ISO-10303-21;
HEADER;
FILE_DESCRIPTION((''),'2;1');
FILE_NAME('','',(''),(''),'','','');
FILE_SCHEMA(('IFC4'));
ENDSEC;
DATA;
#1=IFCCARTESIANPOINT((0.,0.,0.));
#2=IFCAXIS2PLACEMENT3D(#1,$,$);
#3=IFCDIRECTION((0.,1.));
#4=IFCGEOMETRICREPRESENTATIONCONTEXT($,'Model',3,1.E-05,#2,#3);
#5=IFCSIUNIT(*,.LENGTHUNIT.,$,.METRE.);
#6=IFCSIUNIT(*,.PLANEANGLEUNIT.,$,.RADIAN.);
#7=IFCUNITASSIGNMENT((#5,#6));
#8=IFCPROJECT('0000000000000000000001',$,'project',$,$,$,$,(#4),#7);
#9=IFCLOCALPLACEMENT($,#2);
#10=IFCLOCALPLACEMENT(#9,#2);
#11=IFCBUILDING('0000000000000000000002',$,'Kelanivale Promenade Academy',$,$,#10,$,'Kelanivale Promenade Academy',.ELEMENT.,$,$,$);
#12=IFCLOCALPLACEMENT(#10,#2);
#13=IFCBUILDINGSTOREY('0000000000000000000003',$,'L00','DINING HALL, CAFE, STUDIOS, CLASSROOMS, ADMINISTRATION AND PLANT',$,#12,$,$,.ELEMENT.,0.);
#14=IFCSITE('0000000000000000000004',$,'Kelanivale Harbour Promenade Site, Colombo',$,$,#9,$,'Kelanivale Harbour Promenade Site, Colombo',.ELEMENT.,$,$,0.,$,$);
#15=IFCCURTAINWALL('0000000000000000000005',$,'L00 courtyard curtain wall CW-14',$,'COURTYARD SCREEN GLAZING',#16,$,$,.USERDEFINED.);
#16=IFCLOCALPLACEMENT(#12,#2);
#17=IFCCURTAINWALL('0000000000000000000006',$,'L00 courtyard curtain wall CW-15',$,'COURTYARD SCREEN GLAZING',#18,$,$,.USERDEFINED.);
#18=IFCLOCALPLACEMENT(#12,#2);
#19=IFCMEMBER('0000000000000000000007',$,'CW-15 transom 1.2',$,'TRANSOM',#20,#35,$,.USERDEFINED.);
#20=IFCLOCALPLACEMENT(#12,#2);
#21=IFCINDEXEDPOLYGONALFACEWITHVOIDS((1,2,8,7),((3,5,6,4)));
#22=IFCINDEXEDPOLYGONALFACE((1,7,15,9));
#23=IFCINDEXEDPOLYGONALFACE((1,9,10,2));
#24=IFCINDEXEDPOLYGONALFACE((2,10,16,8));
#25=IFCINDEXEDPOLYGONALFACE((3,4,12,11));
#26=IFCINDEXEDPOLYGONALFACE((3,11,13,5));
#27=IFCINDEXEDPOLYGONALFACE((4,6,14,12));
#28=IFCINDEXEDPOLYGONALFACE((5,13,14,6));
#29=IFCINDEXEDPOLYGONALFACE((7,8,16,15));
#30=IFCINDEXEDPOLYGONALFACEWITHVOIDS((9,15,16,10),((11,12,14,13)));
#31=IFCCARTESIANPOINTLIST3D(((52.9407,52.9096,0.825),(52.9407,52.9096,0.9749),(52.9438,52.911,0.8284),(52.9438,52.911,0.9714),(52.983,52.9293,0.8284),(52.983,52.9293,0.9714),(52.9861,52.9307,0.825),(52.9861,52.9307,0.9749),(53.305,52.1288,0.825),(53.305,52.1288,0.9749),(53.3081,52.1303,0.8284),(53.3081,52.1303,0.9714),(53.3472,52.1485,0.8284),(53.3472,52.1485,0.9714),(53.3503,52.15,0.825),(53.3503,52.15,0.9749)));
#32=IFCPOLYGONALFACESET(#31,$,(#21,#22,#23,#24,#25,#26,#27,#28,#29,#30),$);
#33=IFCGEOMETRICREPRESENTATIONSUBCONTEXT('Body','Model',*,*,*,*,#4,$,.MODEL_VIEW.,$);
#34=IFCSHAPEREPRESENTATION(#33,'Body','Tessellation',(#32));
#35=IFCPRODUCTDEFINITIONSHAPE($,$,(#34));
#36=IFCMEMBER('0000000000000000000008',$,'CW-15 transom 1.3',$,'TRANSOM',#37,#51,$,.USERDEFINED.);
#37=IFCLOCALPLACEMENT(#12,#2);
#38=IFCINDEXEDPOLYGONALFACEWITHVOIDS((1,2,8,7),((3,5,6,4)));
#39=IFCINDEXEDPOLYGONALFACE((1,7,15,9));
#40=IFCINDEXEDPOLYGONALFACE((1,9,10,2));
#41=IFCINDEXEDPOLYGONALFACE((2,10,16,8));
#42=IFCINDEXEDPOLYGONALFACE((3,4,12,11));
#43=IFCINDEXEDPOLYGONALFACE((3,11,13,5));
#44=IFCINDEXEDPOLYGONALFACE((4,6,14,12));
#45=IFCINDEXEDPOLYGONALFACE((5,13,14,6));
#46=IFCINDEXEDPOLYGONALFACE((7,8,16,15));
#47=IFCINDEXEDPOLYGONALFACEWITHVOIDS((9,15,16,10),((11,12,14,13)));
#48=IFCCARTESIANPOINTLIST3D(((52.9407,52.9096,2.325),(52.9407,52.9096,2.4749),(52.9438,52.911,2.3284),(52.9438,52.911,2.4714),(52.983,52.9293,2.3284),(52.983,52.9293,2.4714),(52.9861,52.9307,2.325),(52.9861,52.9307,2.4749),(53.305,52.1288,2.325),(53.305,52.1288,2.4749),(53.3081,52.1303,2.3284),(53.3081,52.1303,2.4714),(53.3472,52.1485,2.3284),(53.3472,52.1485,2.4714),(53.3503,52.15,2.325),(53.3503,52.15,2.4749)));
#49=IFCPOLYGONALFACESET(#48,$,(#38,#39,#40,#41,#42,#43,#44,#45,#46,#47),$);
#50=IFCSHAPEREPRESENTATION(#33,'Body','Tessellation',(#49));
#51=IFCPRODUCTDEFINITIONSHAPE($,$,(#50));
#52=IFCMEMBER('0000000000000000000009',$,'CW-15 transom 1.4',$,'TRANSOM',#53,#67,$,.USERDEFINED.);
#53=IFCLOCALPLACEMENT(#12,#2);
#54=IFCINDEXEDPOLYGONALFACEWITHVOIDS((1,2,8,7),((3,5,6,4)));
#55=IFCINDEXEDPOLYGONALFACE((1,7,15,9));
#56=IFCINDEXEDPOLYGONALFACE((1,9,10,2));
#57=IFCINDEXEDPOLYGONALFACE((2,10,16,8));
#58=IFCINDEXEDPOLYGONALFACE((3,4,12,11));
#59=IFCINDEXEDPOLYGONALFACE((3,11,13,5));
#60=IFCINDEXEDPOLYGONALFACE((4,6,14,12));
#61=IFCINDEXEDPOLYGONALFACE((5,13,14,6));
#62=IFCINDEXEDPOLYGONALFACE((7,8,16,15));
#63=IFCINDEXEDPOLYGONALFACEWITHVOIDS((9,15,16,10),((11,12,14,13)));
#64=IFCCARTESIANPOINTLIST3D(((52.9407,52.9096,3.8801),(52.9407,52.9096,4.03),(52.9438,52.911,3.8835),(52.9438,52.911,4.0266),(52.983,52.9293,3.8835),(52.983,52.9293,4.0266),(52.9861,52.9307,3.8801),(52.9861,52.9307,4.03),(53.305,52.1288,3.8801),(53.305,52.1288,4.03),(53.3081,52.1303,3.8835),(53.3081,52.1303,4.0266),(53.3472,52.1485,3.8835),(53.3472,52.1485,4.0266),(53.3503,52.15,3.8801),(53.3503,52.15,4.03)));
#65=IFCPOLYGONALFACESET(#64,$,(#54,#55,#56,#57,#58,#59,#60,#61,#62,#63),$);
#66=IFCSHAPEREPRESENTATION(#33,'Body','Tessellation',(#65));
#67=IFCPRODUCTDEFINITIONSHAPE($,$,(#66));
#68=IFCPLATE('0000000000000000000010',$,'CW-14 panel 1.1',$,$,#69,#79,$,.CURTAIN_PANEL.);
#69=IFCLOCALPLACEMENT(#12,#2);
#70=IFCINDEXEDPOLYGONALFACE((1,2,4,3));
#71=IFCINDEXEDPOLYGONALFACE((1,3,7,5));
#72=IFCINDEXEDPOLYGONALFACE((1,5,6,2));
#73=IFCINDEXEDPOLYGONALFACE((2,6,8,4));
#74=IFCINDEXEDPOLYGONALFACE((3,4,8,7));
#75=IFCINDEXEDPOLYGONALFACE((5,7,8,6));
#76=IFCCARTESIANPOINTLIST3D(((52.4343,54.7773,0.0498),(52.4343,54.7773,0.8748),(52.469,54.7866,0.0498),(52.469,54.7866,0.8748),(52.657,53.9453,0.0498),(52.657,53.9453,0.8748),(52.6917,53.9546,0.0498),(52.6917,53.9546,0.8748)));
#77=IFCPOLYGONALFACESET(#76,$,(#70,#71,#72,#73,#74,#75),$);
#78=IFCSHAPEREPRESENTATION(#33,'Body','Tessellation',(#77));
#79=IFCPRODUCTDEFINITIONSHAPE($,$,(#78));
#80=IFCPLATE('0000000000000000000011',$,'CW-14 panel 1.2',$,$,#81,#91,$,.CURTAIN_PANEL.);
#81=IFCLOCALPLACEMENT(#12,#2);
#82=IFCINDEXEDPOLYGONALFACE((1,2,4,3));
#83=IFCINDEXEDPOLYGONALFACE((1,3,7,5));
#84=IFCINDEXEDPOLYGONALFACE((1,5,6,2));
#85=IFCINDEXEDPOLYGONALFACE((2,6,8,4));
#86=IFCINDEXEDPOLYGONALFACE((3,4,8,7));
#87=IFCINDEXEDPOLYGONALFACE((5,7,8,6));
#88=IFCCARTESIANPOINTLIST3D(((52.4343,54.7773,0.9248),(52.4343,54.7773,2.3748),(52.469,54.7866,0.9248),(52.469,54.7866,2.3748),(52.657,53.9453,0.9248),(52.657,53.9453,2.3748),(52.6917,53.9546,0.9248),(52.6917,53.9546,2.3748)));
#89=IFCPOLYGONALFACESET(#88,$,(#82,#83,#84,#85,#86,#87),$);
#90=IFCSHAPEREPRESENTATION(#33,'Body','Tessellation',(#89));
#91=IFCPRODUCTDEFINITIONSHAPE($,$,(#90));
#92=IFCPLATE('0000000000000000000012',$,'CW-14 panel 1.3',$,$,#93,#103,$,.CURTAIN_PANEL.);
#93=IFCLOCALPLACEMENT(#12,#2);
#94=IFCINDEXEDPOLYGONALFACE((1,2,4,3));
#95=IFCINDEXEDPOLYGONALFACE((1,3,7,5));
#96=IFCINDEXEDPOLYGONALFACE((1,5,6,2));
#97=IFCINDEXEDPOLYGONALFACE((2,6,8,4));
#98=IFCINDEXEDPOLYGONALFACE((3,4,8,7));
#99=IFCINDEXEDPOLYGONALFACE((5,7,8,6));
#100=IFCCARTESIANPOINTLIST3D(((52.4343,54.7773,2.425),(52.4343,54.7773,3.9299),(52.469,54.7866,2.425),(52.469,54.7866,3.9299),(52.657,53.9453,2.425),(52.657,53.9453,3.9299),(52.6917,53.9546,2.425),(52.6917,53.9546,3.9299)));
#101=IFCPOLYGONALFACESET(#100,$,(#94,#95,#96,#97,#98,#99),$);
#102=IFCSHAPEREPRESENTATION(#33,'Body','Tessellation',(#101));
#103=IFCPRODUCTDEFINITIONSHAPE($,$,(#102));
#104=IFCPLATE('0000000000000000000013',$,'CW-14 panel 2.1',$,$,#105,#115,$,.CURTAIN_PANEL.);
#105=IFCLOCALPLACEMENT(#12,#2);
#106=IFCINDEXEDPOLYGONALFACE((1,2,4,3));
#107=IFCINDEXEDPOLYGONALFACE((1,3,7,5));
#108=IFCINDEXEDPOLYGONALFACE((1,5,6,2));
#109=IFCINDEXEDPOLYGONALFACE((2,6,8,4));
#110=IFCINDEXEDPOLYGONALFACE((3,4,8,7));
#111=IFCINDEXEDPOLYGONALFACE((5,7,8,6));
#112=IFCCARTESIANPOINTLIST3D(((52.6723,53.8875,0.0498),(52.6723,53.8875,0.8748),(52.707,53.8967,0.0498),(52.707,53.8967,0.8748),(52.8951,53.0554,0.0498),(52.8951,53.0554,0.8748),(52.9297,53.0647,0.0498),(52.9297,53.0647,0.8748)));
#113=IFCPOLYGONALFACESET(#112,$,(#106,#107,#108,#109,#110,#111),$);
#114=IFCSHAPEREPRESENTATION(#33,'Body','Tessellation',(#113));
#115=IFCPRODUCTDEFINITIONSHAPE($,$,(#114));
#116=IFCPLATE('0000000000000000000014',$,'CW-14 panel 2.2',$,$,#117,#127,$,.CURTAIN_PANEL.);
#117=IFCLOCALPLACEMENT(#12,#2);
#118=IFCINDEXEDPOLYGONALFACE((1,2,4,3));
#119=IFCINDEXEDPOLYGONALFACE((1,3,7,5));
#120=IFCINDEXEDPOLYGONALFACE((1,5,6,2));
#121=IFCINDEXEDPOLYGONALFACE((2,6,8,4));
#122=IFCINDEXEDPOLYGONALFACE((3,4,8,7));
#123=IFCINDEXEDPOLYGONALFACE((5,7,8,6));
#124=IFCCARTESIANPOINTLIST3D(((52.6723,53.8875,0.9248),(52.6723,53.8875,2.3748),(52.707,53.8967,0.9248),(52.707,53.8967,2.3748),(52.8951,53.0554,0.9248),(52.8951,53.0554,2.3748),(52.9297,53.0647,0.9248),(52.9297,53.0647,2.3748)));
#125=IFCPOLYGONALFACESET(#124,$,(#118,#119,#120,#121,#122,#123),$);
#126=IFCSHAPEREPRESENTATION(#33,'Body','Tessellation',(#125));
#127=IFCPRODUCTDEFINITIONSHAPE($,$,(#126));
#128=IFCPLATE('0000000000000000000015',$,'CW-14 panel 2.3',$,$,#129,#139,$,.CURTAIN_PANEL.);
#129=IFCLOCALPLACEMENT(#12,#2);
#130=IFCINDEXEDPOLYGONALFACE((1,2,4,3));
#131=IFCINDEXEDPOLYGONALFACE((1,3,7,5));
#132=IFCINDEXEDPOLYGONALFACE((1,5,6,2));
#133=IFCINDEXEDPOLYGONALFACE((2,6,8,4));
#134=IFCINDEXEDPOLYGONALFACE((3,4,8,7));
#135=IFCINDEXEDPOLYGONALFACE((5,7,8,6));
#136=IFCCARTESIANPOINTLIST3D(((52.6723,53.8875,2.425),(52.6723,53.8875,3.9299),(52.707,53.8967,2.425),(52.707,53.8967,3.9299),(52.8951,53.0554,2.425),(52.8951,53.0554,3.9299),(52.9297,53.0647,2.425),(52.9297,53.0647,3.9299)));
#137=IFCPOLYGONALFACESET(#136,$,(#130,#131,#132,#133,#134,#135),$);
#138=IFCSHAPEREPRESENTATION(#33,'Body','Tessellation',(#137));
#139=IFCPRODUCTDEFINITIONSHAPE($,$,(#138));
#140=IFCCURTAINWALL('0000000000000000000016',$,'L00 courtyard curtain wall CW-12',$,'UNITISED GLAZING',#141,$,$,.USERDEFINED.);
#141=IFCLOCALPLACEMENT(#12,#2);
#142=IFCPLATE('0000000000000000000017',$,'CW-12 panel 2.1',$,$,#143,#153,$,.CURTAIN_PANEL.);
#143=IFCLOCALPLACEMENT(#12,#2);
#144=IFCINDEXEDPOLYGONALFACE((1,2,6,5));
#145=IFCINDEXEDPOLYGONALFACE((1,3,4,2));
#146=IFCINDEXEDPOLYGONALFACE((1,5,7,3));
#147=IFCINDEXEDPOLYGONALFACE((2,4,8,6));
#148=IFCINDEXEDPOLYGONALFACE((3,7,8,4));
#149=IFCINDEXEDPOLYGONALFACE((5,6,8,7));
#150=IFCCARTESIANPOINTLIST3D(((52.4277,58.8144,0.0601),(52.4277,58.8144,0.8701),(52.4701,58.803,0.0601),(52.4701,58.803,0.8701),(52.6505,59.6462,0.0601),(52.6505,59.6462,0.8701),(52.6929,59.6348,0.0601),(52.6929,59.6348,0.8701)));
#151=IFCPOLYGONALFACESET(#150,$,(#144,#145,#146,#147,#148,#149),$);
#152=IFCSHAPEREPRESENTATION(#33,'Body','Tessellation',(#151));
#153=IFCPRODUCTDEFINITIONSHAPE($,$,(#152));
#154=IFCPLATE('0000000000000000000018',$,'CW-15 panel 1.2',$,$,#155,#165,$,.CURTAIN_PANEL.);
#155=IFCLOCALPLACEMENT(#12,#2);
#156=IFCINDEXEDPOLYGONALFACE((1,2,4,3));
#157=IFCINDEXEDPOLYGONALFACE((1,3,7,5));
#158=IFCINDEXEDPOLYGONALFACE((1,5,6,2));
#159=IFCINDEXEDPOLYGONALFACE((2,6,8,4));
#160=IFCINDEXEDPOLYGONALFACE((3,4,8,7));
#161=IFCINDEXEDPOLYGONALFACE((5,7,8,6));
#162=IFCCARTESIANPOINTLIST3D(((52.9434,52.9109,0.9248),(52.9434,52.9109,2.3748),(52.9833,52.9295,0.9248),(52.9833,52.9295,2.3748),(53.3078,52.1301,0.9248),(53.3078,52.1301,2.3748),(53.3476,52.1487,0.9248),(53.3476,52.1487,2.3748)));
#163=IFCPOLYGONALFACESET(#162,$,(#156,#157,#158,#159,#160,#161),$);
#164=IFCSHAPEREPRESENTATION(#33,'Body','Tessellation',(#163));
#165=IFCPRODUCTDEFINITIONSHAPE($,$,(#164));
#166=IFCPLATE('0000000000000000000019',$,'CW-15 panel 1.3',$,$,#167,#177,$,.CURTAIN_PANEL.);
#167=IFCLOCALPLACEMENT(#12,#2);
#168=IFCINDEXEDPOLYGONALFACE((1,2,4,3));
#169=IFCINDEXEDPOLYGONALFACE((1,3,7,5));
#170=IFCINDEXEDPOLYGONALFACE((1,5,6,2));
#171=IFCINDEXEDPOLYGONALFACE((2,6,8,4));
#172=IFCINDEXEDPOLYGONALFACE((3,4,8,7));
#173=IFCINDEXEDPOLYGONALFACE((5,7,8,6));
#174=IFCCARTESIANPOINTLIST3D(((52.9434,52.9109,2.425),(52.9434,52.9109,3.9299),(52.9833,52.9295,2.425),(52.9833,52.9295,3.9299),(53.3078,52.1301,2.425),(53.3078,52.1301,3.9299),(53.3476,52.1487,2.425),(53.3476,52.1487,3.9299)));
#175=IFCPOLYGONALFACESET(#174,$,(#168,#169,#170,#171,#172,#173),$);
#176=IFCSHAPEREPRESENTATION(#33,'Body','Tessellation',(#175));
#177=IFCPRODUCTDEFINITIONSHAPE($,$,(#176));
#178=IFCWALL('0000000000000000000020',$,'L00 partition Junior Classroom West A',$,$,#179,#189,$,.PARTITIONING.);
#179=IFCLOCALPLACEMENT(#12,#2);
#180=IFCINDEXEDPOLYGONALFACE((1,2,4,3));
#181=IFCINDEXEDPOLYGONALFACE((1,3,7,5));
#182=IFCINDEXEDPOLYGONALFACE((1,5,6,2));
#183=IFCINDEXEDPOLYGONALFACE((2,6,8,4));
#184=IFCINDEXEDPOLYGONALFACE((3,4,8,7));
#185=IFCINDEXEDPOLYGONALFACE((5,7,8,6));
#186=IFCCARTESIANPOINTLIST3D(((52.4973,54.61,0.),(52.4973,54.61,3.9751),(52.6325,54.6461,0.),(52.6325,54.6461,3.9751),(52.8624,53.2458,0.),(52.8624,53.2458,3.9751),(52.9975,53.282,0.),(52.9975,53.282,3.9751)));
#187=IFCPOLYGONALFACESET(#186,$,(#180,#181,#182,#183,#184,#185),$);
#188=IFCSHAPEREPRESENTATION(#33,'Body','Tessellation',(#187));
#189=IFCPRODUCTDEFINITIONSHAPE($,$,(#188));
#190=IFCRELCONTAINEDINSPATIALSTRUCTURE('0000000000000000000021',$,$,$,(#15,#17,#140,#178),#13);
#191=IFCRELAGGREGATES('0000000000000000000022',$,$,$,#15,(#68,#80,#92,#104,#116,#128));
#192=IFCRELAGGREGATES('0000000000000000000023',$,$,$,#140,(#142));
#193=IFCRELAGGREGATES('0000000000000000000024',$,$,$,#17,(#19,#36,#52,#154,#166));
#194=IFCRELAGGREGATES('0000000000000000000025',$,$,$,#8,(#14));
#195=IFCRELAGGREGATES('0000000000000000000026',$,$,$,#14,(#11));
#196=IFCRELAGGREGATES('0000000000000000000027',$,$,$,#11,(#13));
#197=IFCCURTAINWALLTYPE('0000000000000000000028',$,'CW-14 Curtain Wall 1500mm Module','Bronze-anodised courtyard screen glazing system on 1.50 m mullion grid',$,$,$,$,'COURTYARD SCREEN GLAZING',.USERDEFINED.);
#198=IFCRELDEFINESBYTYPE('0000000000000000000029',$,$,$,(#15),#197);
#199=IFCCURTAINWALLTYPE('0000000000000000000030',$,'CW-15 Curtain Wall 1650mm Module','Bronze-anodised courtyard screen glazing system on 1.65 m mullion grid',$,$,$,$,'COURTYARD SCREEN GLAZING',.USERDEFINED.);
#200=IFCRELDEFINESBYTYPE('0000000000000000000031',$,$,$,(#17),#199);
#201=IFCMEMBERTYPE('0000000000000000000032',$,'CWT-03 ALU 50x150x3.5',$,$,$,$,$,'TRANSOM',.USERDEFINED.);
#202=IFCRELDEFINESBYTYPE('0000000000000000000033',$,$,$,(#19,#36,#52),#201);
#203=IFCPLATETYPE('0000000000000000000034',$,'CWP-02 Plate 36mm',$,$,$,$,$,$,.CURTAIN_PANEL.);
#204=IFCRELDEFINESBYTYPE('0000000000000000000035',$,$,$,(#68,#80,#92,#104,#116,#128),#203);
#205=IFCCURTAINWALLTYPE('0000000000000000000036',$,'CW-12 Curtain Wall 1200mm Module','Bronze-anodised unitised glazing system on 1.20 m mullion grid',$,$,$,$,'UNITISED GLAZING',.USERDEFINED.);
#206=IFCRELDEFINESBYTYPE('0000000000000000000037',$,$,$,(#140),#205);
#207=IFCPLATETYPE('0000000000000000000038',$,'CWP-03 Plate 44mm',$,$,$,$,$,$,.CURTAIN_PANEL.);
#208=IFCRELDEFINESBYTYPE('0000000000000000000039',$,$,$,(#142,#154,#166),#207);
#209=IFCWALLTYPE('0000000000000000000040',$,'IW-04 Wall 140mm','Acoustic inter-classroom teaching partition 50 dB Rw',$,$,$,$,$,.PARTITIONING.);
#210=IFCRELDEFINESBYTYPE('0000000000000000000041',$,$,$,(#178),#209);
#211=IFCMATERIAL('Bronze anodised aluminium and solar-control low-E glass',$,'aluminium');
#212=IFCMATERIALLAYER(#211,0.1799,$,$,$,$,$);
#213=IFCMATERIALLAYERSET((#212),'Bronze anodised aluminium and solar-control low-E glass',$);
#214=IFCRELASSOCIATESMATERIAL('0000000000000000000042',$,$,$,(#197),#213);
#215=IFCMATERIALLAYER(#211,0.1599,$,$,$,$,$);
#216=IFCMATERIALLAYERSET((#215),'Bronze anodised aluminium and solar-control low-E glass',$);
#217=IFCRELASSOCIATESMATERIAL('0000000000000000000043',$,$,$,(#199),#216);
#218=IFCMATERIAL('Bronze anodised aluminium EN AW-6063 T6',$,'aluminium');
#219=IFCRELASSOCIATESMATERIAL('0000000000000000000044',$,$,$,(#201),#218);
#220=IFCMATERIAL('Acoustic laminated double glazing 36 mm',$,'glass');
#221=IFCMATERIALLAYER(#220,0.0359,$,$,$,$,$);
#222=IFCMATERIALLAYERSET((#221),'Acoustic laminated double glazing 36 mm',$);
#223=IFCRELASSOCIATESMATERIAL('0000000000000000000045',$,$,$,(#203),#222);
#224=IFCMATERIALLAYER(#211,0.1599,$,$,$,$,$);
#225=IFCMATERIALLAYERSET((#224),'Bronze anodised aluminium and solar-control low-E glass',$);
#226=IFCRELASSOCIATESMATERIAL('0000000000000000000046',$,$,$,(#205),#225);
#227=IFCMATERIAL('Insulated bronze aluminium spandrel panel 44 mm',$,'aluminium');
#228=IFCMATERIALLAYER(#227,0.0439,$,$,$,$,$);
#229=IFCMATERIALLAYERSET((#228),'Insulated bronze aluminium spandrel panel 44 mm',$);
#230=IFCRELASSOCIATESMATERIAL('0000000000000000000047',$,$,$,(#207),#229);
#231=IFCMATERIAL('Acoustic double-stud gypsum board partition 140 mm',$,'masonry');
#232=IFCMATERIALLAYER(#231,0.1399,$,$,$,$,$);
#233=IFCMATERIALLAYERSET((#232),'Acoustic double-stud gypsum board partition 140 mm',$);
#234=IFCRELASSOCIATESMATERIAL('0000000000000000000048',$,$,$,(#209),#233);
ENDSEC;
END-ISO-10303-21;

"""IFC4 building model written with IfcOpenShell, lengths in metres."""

from ifc_helpers import new_model, si_unit, direction, frame, frame_2d, origin, origin_2d, place, context, subcontext, project, spatial, rectangle, hollow_rectangle, extrude, material, layer, layer_set, material_profile, profile_set, type_object, element, aggregate, save


model = new_model("IFC4")

# Units and contexts
model_context = context("Model", 3, precision=1e-05, world=origin(), true_north=direction((0.0, 1.0)))
body_context = subcontext(model_context, "Body", "Model", "MODEL_VIEW")
ifc_project = project(units=[si_unit("LENGTHUNIT", "METRE"), si_unit("PLANEANGLEUNIT", "RADIAN")], contexts=[model_context])

# Site, building, storey
site_placement = place(None, origin())
site = spatial("IfcSite", under=ifc_project, at=site_placement, Name="Kelanivale Harbour Promenade Site, Colombo", LongName="Kelanivale Harbour Promenade Site, Colombo", CompositionType="ELEMENT", RefElevation=0.0)
building_placement = place(site_placement, origin())
building = spatial("IfcBuilding", under=site, at=building_placement, Name="Kelanivale Promenade Academy", LongName="Kelanivale Promenade Academy", CompositionType="ELEMENT")
storey_placement = place(building_placement, origin())
storey = spatial("IfcBuildingStorey", under=building, at=storey_placement, Name="L00", Description="DINING HALL, CAFE, STUDIOS, CLASSROOMS, ADMINISTRATION AND PLANT", CompositionType="ELEMENT", Elevation=0.0)

# Curtain wall
ifc_material_1 = material(Name="Bronze anodised aluminium and solar-control low-E glass", Category="aluminium")
ifc_layer_1 = layer(ifc_material_1, 0.1799)
ifc_layer_set_1 = layer_set([ifc_layer_1], Name="Bronze anodised aluminium and solar-control low-E glass")
curtain_wall_type_1 = type_object("IfcCurtainWallType", Name="CW-14 Curtain Wall 1500mm Module", Description="Bronze-anodised courtyard screen glazing system on 1.50 m mullion grid", ElementType="COURTYARD SCREEN GLAZING", PredefinedType="USERDEFINED", material=ifc_layer_set_1)
curtain_wall_1_placement = place(storey_placement, origin())
curtain_wall_1 = element("IfcCurtainWall", 1, at=curtain_wall_1_placement, inside=storey, type_object=curtain_wall_type_1, Name="L00 courtyard curtain wall CW-14", ObjectType="COURTYARD SCREEN GLAZING", PredefinedType="USERDEFINED")
ifc_material_2 = material(Name="Bronze anodised aluminium EN AW-6063 T6", Category="aluminium")

# Curtain wall
ifc_layer_2 = layer(ifc_material_1, 0.1599)
ifc_layer_set_2 = layer_set([ifc_layer_2], Name="Bronze anodised aluminium and solar-control low-E glass")
curtain_wall_type_2 = type_object("IfcCurtainWallType", Name="CW-15 Curtain Wall 1650mm Module", Description="Bronze-anodised courtyard screen glazing system on 1.65 m mullion grid", ElementType="COURTYARD SCREEN GLAZING", PredefinedType="USERDEFINED", material=ifc_layer_set_2)
curtain_wall_2_placement = place(storey_placement, origin())
curtain_wall_2 = element("IfcCurtainWall", 2, at=curtain_wall_2_placement, inside=storey, type_object=curtain_wall_type_2, Name="L00 courtyard curtain wall CW-15", ObjectType="COURTYARD SCREEN GLAZING", PredefinedType="USERDEFINED")

# Members
ifc_material_profile_1 = material_profile(ifc_material_2, hollow_rectangle(XDim=0.05, YDim=0.1499, WallThickness=0.0034, at=origin_2d()), Name="ALU 50x150x3.5")
ifc_profile_set_1 = profile_set([ifc_material_profile_1], Name="Bronze anodised aluminium EN AW-6063 T6")
member_type_1 = type_object("IfcMemberType", Name="CWT-03 ALU 50x150x3.5", ElementType="TRANSOM", PredefinedType="USERDEFINED", material=ifc_profile_set_1)
member_1_placement = place(storey_placement, frame((52.9634, 52.9202, 0.8999), z_axis=(0.422792, -0.906227, 0.0), x_axis=(0.906227, 0.422792, 0.0)))
member_1 = element("IfcMember", 3, at=member_1_placement, type_object=member_type_1, Name="CW-15 transom 1.2", ObjectType="TRANSOM", PredefinedType="USERDEFINED", context=body_context, shape_type="SweptSolid", body=[
    extrude(hollow_rectangle(XDim=0.05, YDim=0.1499, WallThickness=0.0034, at=origin_2d()), origin(), (0.0, 0.0, 1.0), 0.8616),
])
member_2_placement = place(storey_placement, frame((52.9634, 52.9202, 2.3999), z_axis=(0.422792, -0.906227, 0.0), x_axis=(0.906227, 0.422792, 0.0)))
member_2 = element("IfcMember", 4, at=member_2_placement, type_object=member_type_1, Name="CW-15 transom 1.3", ObjectType="TRANSOM", PredefinedType="USERDEFINED", context=body_context, shape_type="SweptSolid", body=[
    extrude(hollow_rectangle(XDim=0.05, YDim=0.1499, WallThickness=0.0034, at=origin_2d()), origin(), (0.0, 0.0, 1.0), 0.8616),
])
member_3_placement = place(storey_placement, frame((52.9634, 52.9202, 3.9551), z_axis=(0.422792, -0.906227, 0.0), x_axis=(0.906227, 0.422792, 0.0)))
member_3 = element("IfcMember", 5, at=member_3_placement, type_object=member_type_1, Name="CW-15 transom 1.4", ObjectType="TRANSOM", PredefinedType="USERDEFINED", context=body_context, shape_type="SweptSolid", body=[
    extrude(hollow_rectangle(XDim=0.05, YDim=0.1499, WallThickness=0.0034, at=origin_2d()), origin(), (0.0, 0.0, 1.0), 0.8616),
])

# Plates
ifc_material_3 = material(Name="Acoustic laminated double glazing 36 mm", Category="glass")
ifc_layer_3 = layer(ifc_material_3, 0.0359)
ifc_layer_set_3 = layer_set([ifc_layer_3], Name="Acoustic laminated double glazing 36 mm")
plate_type_1 = type_object("IfcPlateType", Name="CWP-02 Plate 36mm", PredefinedType="CURTAIN_PANEL", material=ifc_layer_set_3)
plate_1_placement = place(storey_placement, frame((52.563, 54.366, 0.0498), z_axis=(0.0, 0.0, 1.0), x_axis=(0.258578, -0.96599, 0.0)))
plate_1 = element("IfcPlate", 6, at=plate_1_placement, type_object=plate_type_1, Name="CW-14 panel 1.1", PredefinedType="CURTAIN_PANEL", context=body_context, shape_type="SweptSolid", body=[
    extrude(rectangle(XDim=0.8613, YDim=0.0359, at=origin_2d()), origin(), (0.0, 0.0, 1.0), 0.825),
])
plate_2_placement = place(storey_placement, frame((52.563, 54.366, 0.9248), z_axis=(0.0, 0.0, 1.0), x_axis=(0.258578, -0.96599, 0.0)))
plate_2 = element("IfcPlate", 7, at=plate_2_placement, type_object=plate_type_1, Name="CW-14 panel 1.2", PredefinedType="CURTAIN_PANEL", context=body_context, shape_type="SweptSolid", body=[
    extrude(rectangle(XDim=0.8613, YDim=0.0359, at=origin_2d()), origin(), (0.0, 0.0, 1.0), 1.45),
])
plate_3_placement = place(storey_placement, frame((52.563, 54.366, 2.425), z_axis=(0.0, 0.0, 1.0), x_axis=(0.258578, -0.96599, 0.0)))
plate_3 = element("IfcPlate", 8, at=plate_3_placement, type_object=plate_type_1, Name="CW-14 panel 1.3", PredefinedType="CURTAIN_PANEL", context=body_context, shape_type="SweptSolid", body=[
    extrude(rectangle(XDim=0.8613, YDim=0.0359, at=origin_2d()), origin(), (0.0, 0.0, 1.0), 1.5049),
])
plate_4_placement = place(storey_placement, frame((52.801, 53.4761, 0.0498), z_axis=(0.0, 0.0, 1.0), x_axis=(0.258578, -0.96599, 0.0)))
plate_4 = element("IfcPlate", 9, at=plate_4_placement, type_object=plate_type_1, Name="CW-14 panel 2.1", PredefinedType="CURTAIN_PANEL", context=body_context, shape_type="SweptSolid", body=[
    extrude(rectangle(XDim=0.8613, YDim=0.0359, at=origin_2d()), origin(), (0.0, 0.0, 1.0), 0.825),
])
plate_5_placement = place(storey_placement, frame((52.801, 53.4761, 0.9248), z_axis=(0.0, 0.0, 1.0), x_axis=(0.258578, -0.96599, 0.0)))
plate_5 = element("IfcPlate", 10, at=plate_5_placement, type_object=plate_type_1, Name="CW-14 panel 2.2", PredefinedType="CURTAIN_PANEL", context=body_context, shape_type="SweptSolid", body=[
    extrude(rectangle(XDim=0.8613, YDim=0.0359, at=origin_2d()), origin(), (0.0, 0.0, 1.0), 1.45),
])
plate_6_placement = place(storey_placement, frame((52.801, 53.4761, 2.425), z_axis=(0.0, 0.0, 1.0), x_axis=(0.258578, -0.96599, 0.0)))
plate_6 = element("IfcPlate", 11, at=plate_6_placement, type_object=plate_type_1, Name="CW-14 panel 2.3", PredefinedType="CURTAIN_PANEL", context=body_context, shape_type="SweptSolid", body=[
    extrude(rectangle(XDim=0.8613, YDim=0.0359, at=origin_2d()), origin(), (0.0, 0.0, 1.0), 1.5049),
])
aggregate(curtain_wall_1, [plate_1, plate_2, plate_3, plate_4, plate_5, plate_6])

# Curtain wall, plate
ifc_layer_4 = layer(ifc_material_1, 0.1599)
ifc_layer_set_4 = layer_set([ifc_layer_4], Name="Bronze anodised aluminium and solar-control low-E glass")
curtain_wall_type_3 = type_object("IfcCurtainWallType", Name="CW-12 Curtain Wall 1200mm Module", Description="Bronze-anodised unitised glazing system on 1.20 m mullion grid", ElementType="UNITISED GLAZING", PredefinedType="USERDEFINED", material=ifc_layer_set_4)
curtain_wall_3_placement = place(storey_placement, origin())
curtain_wall_3 = element("IfcCurtainWall", 12, at=curtain_wall_3_placement, inside=storey, type_object=curtain_wall_type_3, Name="L00 courtyard curtain wall CW-12", ObjectType="UNITISED GLAZING", PredefinedType="USERDEFINED")
ifc_material_4 = material(Name="Insulated bronze aluminium spandrel panel 44 mm", Category="aluminium")
ifc_layer_5 = layer(ifc_material_4, 0.0439)
ifc_layer_set_5 = layer_set([ifc_layer_5], Name="Insulated bronze aluminium spandrel panel 44 mm")
plate_type_2 = type_object("IfcPlateType", Name="CWP-03 Plate 44mm", PredefinedType="CURTAIN_PANEL", material=ifc_layer_set_5)
plate_7_placement = place(storey_placement, frame((52.5603, 59.2246, 0.0601), z_axis=(0.0, 0.0, 1.0), x_axis=(-0.258701, -0.965957, 0.0)))
plate_7 = element("IfcPlate", 13, at=plate_7_placement, type_object=plate_type_2, Name="CW-12 panel 2.1", PredefinedType="CURTAIN_PANEL", context=body_context, shape_type="SweptSolid", body=[
    extrude(rectangle(XDim=0.8611, YDim=0.0439, at=origin_2d()), origin(), (0.0, 0.0, 1.0), 0.8101),
])
aggregate(curtain_wall_3, [plate_7])

# Plates
plate_8_placement = place(storey_placement, frame((53.1455, 52.5298, 0.9248), z_axis=(0.0, 0.0, 1.0), x_axis=(0.422857, -0.906196, 0.0)))
plate_8 = element("IfcPlate", 14, at=plate_8_placement, type_object=plate_type_2, Name="CW-15 panel 1.2", PredefinedType="CURTAIN_PANEL", context=body_context, shape_type="SweptSolid", body=[
    extrude(rectangle(XDim=0.8616, YDim=0.0439, at=origin_2d()), origin(), (0.0, 0.0, 1.0), 1.45),
])
plate_9_placement = place(storey_placement, frame((53.1455, 52.5298, 2.425), z_axis=(0.0, 0.0, 1.0), x_axis=(0.422857, -0.906196, 0.0)))
plate_9 = element("IfcPlate", 15, at=plate_9_placement, type_object=plate_type_2, Name="CW-15 panel 1.3", PredefinedType="CURTAIN_PANEL", context=body_context, shape_type="SweptSolid", body=[
    extrude(rectangle(XDim=0.8616, YDim=0.0439, at=origin_2d()), origin(), (0.0, 0.0, 1.0), 1.5049),
])
aggregate(curtain_wall_2, [member_1, member_2, member_3, plate_8, plate_9])

# Wall
ifc_material_5 = material(Name="Acoustic double-stud gypsum board partition 140 mm", Category="masonry")
ifc_layer_6 = layer(ifc_material_5, 0.1399)
ifc_layer_set_6 = layer_set([ifc_layer_6], Name="Acoustic double-stud gypsum board partition 140 mm")
wall_type = type_object("IfcWallType", Name="IW-04 Wall 140mm", Description="Acoustic inter-classroom teaching partition 50 dB Rw", PredefinedType="PARTITIONING", material=ifc_layer_set_6)
for number, where, z_axis, x_axis, name in (
    (16, (52.9299, 53.2639, 0.0), (0.0, 0.0, 1.0), (-0.258491, 0.966014, 0.0), "L00 partition Junior Classroom West A"),
):
    element("IfcWall", number, at=place(storey_placement, frame(where, z_axis=z_axis, x_axis=x_axis)), inside=storey, type_object=wall_type, Name=name, PredefinedType="PARTITIONING", context=body_context, shape_type="SweptSolid", body=[
        extrude(rectangle(XDim=1.4121, YDim=0.1399, at=frame_2d((0.7061, 0.0))), origin(), (0.0, 0.0, 1.0), 3.9751),
    ])

save(model, "model.ifc")
